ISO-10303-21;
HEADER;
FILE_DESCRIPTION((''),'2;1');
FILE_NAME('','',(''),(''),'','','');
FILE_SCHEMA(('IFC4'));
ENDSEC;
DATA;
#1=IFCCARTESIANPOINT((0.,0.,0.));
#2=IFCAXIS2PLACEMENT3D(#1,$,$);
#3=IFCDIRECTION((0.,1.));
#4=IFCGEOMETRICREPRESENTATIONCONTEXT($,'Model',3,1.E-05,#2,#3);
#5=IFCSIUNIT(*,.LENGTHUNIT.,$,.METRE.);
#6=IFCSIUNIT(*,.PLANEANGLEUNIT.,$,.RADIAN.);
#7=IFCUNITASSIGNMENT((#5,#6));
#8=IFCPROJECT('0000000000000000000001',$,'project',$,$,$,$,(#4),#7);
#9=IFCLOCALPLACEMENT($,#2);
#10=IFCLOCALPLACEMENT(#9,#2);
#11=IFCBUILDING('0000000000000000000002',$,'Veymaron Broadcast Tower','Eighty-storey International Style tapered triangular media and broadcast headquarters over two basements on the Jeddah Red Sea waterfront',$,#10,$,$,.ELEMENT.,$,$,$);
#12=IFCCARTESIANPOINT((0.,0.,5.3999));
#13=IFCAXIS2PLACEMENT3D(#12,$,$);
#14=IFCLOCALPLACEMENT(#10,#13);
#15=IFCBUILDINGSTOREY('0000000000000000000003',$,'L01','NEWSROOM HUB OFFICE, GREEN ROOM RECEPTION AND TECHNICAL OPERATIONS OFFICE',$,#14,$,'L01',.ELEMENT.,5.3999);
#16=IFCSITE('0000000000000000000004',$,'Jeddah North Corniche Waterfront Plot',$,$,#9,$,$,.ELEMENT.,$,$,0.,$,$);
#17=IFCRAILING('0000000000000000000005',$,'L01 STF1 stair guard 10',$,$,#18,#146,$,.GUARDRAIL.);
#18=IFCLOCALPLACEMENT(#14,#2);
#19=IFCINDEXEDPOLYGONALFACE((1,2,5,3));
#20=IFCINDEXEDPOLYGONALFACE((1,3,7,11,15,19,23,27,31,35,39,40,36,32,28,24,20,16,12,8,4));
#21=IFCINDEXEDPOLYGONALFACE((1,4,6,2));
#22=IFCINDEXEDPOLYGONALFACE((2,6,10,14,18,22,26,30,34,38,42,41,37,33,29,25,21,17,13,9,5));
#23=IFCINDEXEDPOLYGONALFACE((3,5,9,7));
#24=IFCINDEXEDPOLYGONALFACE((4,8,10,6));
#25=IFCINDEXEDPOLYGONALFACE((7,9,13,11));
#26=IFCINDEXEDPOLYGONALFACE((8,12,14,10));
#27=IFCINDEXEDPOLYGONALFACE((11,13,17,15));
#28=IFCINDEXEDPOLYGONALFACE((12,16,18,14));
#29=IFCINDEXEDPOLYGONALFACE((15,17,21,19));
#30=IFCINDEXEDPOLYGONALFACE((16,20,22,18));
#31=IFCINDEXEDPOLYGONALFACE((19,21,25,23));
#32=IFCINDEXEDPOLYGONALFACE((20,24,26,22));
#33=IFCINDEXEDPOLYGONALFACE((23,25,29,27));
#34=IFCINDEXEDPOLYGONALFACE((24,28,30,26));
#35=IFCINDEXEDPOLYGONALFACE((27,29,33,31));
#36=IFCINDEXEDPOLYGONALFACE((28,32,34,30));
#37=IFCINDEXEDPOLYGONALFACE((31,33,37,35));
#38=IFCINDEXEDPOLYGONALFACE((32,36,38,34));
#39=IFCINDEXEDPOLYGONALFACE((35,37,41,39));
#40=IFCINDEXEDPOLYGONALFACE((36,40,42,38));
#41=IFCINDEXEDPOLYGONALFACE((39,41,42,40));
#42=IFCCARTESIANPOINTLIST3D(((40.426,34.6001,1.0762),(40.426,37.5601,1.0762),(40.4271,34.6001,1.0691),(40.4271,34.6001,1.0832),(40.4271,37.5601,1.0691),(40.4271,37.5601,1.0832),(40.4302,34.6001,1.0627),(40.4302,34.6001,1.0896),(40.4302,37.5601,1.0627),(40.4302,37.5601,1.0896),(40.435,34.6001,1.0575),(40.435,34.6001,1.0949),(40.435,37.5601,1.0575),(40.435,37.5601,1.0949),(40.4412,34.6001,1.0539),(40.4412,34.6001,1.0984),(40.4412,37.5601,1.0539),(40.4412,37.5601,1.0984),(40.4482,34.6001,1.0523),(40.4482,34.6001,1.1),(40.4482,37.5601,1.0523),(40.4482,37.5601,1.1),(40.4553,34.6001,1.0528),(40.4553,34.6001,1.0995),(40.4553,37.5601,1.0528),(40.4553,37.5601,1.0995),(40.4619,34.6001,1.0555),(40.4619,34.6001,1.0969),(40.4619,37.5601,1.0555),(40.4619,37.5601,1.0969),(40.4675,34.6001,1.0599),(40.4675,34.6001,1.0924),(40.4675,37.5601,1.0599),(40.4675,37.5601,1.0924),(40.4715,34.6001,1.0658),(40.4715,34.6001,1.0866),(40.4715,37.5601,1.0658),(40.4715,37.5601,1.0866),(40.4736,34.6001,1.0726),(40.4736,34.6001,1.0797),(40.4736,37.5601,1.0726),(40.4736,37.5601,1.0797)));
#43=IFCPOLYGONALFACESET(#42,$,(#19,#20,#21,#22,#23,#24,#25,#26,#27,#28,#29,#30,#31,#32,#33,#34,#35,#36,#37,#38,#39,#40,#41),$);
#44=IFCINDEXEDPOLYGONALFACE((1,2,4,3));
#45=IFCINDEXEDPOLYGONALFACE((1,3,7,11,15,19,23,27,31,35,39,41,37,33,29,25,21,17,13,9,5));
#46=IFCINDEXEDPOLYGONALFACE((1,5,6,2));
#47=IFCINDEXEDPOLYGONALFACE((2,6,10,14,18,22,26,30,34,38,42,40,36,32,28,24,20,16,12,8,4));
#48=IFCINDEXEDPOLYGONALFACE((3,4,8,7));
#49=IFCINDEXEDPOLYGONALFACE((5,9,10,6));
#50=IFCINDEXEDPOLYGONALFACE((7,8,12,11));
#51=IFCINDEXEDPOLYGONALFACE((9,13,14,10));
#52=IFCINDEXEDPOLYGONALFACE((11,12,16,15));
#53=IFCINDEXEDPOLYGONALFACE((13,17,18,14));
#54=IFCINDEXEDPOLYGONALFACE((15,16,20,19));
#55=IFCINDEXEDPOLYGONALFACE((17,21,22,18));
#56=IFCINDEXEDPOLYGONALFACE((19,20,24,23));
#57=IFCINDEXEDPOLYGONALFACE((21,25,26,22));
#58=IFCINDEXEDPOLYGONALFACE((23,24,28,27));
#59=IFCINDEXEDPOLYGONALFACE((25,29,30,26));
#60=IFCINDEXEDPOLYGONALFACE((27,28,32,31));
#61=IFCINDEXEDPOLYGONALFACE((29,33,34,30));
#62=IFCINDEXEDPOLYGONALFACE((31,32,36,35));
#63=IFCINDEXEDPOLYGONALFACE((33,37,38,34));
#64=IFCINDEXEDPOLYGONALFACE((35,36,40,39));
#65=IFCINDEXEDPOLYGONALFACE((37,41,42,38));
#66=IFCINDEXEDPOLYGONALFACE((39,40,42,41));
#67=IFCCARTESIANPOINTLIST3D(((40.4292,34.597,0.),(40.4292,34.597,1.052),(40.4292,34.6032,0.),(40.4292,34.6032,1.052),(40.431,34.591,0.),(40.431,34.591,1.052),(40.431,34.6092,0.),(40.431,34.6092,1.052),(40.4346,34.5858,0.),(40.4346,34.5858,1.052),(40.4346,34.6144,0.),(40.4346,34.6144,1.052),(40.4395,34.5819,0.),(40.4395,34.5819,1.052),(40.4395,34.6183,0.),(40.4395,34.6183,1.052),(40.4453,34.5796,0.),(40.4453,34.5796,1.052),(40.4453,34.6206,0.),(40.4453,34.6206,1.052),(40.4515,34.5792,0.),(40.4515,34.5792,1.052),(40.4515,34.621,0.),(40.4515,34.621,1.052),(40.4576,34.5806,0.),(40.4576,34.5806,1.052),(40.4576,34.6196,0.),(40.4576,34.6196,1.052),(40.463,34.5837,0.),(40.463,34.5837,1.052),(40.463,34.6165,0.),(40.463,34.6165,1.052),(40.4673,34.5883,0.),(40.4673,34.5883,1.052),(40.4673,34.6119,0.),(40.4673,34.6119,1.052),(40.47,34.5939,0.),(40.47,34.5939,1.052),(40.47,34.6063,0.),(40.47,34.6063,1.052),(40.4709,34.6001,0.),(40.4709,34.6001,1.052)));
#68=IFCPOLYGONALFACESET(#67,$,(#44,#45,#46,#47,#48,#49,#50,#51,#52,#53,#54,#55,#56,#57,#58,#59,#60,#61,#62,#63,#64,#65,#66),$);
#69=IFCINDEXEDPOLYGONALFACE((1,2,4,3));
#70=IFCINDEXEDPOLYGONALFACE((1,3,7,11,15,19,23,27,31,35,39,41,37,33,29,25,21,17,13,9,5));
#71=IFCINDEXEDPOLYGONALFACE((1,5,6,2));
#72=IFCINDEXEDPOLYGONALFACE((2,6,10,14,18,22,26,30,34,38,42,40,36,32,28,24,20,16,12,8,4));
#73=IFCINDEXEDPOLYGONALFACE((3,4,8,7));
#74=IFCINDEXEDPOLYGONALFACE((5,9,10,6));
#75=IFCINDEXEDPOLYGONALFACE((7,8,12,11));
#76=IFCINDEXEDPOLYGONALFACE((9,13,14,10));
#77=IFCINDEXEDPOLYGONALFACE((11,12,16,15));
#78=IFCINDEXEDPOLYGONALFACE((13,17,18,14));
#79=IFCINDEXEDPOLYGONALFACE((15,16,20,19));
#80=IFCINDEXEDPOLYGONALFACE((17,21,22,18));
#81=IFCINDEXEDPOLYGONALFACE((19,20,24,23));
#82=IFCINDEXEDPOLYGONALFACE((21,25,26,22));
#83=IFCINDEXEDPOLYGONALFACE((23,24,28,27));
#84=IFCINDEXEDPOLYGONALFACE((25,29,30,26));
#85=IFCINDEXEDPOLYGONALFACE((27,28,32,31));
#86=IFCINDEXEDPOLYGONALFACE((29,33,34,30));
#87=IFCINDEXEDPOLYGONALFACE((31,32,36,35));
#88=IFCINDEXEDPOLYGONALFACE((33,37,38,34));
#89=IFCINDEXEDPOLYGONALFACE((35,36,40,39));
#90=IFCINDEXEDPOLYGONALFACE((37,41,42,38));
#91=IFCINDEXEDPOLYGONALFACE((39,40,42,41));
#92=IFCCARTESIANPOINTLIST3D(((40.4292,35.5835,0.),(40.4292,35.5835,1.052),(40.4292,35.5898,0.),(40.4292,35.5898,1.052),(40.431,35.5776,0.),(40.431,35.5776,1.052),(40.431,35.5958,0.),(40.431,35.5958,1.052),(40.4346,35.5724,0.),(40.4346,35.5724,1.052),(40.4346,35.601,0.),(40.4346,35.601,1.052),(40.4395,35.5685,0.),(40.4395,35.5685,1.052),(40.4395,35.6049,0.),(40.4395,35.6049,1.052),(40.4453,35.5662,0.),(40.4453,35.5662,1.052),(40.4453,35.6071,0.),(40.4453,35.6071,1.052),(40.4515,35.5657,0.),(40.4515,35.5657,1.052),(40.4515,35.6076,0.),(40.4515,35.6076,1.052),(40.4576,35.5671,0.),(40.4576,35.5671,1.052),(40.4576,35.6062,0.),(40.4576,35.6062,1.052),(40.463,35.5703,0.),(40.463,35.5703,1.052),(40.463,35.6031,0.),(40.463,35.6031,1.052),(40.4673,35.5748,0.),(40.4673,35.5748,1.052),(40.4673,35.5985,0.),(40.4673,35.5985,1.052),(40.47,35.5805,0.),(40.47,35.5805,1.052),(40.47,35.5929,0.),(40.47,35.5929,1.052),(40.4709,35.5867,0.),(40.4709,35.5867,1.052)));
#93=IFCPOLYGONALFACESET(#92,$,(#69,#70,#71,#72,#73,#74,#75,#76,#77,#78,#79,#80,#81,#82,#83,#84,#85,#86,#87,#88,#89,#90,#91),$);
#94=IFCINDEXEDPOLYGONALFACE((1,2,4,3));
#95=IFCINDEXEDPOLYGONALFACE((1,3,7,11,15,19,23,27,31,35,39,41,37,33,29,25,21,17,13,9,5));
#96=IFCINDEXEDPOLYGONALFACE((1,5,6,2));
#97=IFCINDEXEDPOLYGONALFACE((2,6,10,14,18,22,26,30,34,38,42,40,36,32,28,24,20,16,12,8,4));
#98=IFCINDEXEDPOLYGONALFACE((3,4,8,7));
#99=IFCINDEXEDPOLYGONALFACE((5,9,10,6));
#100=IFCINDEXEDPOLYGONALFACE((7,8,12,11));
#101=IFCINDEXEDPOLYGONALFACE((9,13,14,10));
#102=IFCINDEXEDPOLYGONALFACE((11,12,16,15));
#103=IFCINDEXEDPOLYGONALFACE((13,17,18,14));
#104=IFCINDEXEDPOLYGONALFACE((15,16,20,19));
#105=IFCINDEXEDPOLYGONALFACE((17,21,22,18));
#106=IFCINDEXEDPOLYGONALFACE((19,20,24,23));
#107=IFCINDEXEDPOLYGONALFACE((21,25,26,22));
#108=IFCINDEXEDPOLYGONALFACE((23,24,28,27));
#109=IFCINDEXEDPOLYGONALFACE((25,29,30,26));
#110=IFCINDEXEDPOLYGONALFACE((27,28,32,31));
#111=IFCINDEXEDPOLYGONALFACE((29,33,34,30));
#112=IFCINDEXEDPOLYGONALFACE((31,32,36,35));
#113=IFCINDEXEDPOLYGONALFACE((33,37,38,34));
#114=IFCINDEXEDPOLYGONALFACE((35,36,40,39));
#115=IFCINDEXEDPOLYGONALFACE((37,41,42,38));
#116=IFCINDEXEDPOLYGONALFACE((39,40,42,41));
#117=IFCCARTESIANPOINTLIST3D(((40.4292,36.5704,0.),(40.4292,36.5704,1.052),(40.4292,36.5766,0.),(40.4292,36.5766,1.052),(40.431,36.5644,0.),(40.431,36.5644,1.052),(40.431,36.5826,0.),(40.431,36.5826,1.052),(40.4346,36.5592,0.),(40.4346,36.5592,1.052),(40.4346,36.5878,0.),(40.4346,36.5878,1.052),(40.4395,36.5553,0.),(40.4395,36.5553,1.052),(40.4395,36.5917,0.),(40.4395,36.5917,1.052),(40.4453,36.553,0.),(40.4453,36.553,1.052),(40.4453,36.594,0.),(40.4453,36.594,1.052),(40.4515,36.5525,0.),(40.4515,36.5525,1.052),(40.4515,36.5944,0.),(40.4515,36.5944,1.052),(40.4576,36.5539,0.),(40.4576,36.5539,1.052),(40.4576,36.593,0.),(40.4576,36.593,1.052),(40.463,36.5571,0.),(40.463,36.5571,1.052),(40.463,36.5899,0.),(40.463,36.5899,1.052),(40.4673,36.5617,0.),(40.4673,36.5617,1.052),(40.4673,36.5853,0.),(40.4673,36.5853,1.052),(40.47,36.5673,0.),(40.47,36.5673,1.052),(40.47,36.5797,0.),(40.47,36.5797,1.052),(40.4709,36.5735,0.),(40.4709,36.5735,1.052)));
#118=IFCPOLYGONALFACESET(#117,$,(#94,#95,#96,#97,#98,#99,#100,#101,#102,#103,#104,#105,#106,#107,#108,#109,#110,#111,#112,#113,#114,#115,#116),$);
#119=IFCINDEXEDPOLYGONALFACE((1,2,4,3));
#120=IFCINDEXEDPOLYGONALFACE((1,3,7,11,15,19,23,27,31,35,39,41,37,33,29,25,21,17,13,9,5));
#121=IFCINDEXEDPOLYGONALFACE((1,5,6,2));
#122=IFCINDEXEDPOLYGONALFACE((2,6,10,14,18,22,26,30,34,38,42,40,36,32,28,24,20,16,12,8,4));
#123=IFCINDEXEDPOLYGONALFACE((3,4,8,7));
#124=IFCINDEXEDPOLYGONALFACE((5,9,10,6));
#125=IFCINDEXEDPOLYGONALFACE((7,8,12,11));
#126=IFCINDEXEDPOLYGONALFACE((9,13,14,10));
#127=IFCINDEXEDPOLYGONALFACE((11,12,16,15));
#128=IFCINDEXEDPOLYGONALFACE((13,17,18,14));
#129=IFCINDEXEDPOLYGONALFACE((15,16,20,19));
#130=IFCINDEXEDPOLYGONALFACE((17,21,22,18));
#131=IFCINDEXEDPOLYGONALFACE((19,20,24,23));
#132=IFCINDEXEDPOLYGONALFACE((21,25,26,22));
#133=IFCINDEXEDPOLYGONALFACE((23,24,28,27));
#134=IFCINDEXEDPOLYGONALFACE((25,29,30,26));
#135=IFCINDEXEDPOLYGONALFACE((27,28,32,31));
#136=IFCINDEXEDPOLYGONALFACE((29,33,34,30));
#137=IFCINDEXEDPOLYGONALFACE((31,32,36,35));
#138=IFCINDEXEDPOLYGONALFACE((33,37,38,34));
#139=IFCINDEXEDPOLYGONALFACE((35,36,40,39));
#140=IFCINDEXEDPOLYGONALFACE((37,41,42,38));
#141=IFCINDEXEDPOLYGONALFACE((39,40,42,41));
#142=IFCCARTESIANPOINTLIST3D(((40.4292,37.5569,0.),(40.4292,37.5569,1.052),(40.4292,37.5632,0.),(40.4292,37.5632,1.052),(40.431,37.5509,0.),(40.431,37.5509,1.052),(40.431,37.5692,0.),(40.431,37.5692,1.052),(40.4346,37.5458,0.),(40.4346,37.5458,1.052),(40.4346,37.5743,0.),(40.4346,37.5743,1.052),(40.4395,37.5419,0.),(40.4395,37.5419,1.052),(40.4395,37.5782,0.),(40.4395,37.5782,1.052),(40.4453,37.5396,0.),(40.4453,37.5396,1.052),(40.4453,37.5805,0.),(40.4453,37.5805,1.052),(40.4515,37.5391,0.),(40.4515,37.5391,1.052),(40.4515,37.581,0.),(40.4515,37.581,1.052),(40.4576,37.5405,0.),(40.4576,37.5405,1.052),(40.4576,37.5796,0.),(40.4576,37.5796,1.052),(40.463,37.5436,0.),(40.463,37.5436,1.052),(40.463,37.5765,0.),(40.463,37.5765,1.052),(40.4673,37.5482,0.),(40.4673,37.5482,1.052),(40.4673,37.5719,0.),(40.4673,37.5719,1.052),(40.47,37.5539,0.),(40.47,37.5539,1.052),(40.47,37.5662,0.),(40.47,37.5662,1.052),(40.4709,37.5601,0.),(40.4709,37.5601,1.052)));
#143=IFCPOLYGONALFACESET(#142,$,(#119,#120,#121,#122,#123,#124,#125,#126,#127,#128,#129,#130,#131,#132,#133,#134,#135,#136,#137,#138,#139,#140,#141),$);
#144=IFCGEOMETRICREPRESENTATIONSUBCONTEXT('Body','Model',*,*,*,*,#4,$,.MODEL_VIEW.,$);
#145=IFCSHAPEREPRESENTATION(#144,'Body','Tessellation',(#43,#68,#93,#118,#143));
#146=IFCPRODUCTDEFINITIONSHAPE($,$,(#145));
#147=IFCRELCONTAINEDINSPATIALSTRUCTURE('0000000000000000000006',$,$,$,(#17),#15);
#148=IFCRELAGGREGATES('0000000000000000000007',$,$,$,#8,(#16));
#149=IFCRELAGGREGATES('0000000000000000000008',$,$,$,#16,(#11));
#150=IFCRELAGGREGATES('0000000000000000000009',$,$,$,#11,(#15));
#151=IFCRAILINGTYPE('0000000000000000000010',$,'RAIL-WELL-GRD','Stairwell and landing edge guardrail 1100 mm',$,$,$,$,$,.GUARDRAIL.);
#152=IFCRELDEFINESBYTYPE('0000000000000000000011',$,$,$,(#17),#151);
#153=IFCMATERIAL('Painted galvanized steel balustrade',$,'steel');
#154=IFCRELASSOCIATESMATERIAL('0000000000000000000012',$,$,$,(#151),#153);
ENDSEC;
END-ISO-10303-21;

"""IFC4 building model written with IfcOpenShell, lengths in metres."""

from ifc_helpers import new_model, si_unit, direction, frame, origin, origin_2d, place, context, subcontext, project, spatial, circle, extrude, material, type_object, element, save


model = new_model("IFC4")

# Units and contexts
model_context = context("Model", 3, precision=1e-05, world=origin(), true_north=direction((0.0, 1.0)))
body_context = subcontext(model_context, "Body", "Model", "MODEL_VIEW")
ifc_project = project(units=[si_unit("LENGTHUNIT", "METRE"), si_unit("PLANEANGLEUNIT", "RADIAN")], contexts=[model_context])

# Site, building, storey
site_placement = place(None, origin())
site = spatial("IfcSite", under=ifc_project, at=site_placement, Name="Jeddah North Corniche Waterfront Plot", CompositionType="ELEMENT", RefElevation=0.0)
building_placement = place(site_placement, origin())
building = spatial("IfcBuilding", under=site, at=building_placement, Name="Veymaron Broadcast Tower", Description="Eighty-storey International Style tapered triangular media and broadcast headquarters over two basements on the Jeddah Red Sea waterfront", CompositionType="ELEMENT")
storey_placement = place(building_placement, frame((0.0, 0.0, 5.3999)))
storey = spatial("IfcBuildingStorey", under=building, at=storey_placement, Name="L01", Description="NEWSROOM HUB OFFICE, GREEN ROOM RECEPTION AND TECHNICAL OPERATIONS OFFICE", LongName="L01", CompositionType="ELEMENT", Elevation=5.3999)

# Railing
ifc_material_1 = material(Name="Painted galvanized steel balustrade", Category="steel")
railing_type_1 = type_object("IfcRailingType", Name="RAIL-WELL-GRD", Description="Stairwell and landing edge guardrail 1100 mm", PredefinedType="GUARDRAIL", material=ifc_material_1)
railing_1_placement = place(storey_placement, frame((40.45, 34.6001, 0.0)))
element("IfcRailing", 1, at=railing_1_placement, inside=storey, type_object=railing_type_1, Name="L01 STF1 stair guard 10", PredefinedType="GUARDRAIL", context=body_context, shape_type="SweptSolid", body=[
    extrude(circle(Radius=0.0239, at=origin_2d()), frame((0.0, 0.0, 1.0762), z_axis=(0.0, 1.0, 0.0), x_axis=(-1.0, 0.0, 0.0)), (0.0, 0.0, 1.0), 2.96),
    extrude(circle(Radius=0.021, at=origin_2d()), origin(), (0.0, 0.0, 1.0), 1.052),
    extrude(circle(Radius=0.021, at=origin_2d()), frame((0.0, 0.9866, 0.0)), (0.0, 0.0, 1.0), 1.052),
    extrude(circle(Radius=0.021, at=origin_2d()), frame((0.0, 1.9734, 0.0)), (0.0, 0.0, 1.0), 1.052),
    extrude(circle(Radius=0.021, at=origin_2d()), frame((0.0, 2.96, 0.0)), (0.0, 0.0, 1.0), 1.052),
])

save(model, "model.ifc")
